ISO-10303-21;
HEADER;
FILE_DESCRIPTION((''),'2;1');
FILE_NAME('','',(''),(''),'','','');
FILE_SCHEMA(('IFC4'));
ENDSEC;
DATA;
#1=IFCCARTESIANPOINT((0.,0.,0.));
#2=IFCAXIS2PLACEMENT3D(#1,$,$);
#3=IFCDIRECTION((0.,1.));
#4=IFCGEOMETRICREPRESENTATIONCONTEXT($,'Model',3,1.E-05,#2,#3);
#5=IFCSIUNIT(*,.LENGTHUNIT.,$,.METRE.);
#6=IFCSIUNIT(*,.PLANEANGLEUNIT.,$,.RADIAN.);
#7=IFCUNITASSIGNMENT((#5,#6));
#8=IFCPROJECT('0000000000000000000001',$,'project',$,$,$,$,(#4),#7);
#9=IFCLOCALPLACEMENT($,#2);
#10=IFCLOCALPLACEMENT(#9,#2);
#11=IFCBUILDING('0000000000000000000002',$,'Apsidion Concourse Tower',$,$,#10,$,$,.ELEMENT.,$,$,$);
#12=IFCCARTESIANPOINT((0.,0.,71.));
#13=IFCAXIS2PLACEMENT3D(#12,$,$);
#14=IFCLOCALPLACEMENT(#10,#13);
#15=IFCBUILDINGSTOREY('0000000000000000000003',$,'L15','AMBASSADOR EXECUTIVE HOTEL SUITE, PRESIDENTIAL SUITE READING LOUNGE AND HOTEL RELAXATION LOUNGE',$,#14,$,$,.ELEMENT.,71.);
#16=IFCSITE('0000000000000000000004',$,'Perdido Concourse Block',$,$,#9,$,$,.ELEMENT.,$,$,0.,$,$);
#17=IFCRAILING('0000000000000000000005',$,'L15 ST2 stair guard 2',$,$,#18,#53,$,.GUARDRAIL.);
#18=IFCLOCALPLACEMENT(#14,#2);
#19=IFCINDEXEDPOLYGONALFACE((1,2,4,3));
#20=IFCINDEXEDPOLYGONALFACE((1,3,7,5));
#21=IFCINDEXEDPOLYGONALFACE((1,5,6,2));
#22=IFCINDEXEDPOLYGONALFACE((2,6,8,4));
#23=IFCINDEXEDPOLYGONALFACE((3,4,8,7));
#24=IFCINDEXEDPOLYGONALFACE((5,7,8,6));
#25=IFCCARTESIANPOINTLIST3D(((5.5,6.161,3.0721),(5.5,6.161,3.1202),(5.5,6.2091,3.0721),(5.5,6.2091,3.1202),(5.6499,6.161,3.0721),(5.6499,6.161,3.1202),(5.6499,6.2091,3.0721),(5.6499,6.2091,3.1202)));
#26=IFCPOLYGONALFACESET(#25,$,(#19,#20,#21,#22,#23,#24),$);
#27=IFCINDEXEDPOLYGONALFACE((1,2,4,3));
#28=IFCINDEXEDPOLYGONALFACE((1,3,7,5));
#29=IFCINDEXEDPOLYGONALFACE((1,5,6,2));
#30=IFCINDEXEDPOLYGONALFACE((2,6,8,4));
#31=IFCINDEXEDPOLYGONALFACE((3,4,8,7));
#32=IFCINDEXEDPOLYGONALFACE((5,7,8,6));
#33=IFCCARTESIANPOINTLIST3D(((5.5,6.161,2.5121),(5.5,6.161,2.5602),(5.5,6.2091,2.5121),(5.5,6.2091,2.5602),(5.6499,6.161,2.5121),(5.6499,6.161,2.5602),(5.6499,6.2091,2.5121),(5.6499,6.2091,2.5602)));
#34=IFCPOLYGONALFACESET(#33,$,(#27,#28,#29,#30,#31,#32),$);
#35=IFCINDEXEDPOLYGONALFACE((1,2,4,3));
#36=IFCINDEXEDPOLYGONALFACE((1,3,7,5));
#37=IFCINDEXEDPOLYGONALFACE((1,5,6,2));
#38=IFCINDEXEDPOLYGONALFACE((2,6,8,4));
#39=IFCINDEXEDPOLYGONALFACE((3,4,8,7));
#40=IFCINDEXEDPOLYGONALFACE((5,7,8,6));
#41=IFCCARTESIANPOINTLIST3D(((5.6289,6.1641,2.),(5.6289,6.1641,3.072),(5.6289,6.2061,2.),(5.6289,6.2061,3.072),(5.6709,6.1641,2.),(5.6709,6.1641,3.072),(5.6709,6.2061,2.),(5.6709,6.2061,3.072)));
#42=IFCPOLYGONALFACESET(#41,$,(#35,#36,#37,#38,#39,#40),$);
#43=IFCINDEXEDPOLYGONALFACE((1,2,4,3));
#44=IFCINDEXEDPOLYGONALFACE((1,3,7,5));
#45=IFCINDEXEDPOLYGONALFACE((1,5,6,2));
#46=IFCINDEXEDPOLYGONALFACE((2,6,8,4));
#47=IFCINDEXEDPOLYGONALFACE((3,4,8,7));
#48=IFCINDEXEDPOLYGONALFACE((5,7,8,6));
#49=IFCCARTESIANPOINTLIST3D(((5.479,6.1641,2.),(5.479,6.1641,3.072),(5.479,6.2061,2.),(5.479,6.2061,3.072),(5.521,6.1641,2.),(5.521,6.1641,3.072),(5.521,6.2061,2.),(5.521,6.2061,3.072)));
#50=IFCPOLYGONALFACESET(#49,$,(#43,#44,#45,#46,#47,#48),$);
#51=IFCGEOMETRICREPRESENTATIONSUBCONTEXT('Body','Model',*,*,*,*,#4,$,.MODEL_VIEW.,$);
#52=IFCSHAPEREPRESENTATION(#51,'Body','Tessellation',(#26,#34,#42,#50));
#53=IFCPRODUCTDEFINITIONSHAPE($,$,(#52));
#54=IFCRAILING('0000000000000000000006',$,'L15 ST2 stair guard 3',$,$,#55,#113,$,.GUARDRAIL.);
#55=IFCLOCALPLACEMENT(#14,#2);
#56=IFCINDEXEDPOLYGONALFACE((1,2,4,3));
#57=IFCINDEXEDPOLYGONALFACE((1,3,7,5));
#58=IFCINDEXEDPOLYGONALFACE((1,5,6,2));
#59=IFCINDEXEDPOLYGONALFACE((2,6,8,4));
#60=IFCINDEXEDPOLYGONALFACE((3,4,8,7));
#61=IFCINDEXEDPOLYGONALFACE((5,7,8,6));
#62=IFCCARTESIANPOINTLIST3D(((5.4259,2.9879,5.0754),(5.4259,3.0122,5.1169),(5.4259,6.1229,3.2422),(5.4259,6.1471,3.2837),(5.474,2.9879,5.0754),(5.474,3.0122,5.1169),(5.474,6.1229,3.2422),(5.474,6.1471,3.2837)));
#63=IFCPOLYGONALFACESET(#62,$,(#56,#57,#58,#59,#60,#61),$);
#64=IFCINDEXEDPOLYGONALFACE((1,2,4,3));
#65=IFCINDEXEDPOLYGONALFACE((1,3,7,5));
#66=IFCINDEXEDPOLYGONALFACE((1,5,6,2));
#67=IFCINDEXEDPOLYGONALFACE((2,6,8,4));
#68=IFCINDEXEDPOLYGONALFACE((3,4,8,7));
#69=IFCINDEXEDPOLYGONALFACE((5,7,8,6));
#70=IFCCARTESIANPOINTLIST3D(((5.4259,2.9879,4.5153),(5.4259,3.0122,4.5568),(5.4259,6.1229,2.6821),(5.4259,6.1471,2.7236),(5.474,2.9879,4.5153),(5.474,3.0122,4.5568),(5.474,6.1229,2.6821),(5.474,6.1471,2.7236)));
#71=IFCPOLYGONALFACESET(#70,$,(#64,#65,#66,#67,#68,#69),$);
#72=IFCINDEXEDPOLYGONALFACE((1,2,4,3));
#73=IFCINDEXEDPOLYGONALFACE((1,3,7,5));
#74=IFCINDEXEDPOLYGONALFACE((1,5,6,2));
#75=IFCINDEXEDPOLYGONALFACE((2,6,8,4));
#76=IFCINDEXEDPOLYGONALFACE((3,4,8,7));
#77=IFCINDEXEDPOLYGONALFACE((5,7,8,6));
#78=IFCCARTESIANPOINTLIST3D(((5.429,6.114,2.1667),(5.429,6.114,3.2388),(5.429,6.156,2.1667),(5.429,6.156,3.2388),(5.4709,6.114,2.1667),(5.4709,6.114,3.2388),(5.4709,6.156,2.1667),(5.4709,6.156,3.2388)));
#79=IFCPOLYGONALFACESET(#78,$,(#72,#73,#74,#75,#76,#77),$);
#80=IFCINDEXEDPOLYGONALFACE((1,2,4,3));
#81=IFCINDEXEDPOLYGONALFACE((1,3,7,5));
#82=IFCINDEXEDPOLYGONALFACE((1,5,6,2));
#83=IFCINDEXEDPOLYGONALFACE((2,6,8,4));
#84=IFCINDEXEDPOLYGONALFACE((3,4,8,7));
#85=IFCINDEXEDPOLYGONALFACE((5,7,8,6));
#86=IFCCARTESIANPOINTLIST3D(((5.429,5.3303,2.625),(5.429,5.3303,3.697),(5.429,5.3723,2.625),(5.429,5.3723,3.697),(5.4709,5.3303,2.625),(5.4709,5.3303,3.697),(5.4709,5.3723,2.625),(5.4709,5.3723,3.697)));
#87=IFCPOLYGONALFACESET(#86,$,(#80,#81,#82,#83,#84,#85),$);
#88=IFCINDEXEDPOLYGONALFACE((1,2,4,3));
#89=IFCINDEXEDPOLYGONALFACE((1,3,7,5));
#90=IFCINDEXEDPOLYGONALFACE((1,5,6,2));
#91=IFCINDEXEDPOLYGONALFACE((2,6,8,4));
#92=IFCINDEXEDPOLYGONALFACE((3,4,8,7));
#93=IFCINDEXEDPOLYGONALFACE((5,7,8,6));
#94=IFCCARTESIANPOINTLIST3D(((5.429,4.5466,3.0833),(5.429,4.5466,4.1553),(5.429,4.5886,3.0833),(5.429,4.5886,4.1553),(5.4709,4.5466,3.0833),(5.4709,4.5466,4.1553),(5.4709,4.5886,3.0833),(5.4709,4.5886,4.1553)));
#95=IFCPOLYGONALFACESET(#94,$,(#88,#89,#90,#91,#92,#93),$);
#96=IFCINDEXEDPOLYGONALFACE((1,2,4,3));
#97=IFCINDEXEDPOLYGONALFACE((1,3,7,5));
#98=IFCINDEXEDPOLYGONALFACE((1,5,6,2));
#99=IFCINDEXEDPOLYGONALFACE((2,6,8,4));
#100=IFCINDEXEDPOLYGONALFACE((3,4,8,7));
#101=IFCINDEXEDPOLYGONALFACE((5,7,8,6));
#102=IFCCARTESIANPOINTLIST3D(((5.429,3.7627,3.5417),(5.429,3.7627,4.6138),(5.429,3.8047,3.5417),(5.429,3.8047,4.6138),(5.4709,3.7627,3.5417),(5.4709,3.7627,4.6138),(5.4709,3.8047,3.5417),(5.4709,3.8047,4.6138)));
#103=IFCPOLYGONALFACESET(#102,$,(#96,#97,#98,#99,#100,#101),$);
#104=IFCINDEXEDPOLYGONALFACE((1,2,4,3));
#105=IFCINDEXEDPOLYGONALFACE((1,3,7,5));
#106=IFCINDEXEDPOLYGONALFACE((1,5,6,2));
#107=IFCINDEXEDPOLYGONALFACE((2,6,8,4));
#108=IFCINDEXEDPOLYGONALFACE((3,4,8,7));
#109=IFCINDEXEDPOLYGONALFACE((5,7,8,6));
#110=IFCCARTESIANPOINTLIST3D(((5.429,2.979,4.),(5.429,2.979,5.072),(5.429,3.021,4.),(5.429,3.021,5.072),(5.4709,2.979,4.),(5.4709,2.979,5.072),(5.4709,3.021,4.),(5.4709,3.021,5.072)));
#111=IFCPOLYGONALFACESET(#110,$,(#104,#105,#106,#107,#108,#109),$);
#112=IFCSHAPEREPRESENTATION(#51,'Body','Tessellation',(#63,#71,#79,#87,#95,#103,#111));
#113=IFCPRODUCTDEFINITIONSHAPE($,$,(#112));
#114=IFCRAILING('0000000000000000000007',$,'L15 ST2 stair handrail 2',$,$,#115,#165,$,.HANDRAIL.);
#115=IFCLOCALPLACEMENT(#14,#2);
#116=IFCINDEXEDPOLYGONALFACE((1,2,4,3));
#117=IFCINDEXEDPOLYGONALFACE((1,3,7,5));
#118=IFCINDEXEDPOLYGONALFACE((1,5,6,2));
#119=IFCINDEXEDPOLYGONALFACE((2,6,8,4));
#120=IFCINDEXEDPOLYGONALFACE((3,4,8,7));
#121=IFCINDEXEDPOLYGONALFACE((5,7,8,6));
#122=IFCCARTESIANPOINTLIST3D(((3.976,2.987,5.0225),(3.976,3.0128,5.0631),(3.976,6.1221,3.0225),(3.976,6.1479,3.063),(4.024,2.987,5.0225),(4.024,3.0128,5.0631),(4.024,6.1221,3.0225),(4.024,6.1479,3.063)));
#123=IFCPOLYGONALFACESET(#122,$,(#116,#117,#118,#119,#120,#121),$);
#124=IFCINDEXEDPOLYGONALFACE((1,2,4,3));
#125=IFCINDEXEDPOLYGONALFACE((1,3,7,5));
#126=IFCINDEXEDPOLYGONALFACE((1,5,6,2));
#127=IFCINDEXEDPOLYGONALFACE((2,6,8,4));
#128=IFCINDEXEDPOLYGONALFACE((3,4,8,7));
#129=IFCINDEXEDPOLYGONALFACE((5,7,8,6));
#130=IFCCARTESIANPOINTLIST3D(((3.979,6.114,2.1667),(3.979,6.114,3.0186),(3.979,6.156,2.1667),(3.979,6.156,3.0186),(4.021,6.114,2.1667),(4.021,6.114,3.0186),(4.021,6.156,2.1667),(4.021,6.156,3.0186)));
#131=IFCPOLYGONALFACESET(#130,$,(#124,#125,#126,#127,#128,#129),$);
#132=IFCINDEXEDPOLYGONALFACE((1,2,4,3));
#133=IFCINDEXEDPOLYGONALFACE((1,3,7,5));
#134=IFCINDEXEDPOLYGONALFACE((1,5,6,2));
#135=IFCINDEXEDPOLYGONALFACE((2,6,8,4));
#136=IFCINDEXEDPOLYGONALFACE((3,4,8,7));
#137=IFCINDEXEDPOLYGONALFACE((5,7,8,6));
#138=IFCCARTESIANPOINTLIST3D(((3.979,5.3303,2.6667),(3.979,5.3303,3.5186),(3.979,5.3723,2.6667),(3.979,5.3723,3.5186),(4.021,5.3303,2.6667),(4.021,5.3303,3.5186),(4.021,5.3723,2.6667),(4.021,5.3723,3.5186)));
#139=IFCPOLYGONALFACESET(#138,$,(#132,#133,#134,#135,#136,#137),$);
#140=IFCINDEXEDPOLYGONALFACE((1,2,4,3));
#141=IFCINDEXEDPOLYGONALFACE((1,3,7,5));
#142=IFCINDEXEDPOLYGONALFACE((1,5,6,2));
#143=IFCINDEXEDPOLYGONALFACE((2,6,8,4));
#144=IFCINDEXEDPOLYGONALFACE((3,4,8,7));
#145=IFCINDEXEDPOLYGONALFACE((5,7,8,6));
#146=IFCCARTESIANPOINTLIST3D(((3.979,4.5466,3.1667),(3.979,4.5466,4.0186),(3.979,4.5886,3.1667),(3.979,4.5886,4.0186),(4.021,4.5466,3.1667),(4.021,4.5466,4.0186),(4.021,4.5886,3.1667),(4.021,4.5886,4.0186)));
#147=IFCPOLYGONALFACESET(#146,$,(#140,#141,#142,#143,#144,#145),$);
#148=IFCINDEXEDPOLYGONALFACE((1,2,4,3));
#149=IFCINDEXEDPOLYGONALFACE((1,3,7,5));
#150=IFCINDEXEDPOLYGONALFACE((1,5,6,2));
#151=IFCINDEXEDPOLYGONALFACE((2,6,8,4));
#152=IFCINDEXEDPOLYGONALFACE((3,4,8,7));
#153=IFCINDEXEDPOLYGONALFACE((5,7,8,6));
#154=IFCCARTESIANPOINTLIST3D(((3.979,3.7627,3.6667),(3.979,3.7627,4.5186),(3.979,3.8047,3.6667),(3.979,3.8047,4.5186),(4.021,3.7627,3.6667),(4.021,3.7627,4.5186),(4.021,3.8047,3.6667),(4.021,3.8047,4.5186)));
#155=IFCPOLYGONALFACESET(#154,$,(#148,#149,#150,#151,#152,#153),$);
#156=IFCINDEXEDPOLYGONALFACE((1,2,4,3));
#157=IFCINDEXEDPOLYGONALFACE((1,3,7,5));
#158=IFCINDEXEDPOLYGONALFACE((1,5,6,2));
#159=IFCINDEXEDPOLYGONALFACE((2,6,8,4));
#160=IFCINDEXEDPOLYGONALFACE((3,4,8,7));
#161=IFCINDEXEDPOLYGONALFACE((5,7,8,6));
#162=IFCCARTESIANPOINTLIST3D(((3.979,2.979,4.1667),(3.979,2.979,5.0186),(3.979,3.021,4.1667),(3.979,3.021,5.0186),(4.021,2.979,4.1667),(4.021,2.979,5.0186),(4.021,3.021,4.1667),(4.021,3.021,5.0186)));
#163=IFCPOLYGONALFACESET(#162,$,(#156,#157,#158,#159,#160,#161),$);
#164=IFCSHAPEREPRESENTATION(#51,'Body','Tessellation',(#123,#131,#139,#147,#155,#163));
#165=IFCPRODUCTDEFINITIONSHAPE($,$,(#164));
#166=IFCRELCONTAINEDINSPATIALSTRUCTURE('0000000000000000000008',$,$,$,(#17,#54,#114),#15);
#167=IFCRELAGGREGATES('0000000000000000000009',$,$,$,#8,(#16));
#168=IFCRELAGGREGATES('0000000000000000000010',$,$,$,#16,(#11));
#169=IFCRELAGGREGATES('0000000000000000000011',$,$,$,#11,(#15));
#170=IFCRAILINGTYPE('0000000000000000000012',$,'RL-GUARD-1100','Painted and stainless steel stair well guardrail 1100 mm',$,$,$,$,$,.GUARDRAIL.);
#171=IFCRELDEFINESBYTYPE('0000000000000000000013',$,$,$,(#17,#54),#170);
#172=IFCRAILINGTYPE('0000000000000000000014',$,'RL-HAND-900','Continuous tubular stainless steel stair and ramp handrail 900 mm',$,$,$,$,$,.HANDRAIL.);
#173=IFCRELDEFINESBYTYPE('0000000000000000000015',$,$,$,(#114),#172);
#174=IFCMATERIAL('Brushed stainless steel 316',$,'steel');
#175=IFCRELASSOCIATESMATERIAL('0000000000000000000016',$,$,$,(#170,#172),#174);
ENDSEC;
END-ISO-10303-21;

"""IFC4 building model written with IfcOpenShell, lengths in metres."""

from ifc_helpers import new_model, si_unit, direction, frame, origin, origin_2d, place, context, subcontext, project, spatial, rectangle, extrude, material, type_object, element, save


model = new_model("IFC4")

# Units and contexts
model_context = context("Model", 3, precision=1e-05, world=origin(), true_north=direction((0.0, 1.0)))
body_context = subcontext(model_context, "Body", "Model", "MODEL_VIEW")
ifc_project = project(units=[si_unit("LENGTHUNIT", "METRE"), si_unit("PLANEANGLEUNIT", "RADIAN")], contexts=[model_context])

# Site, building, storey
site_placement = place(None, origin())
site = spatial("IfcSite", under=ifc_project, at=site_placement, Name="Perdido Concourse Block", CompositionType="ELEMENT", RefElevation=0.0)
building_placement = place(site_placement, origin())
building = spatial("IfcBuilding", under=site, at=building_placement, Name="Apsidion Concourse Tower", CompositionType="ELEMENT")
storey_placement = place(building_placement, frame((0.0, 0.0, 71.0)))
storey = spatial("IfcBuildingStorey", under=building, at=storey_placement, Name="L15", Description="AMBASSADOR EXECUTIVE HOTEL SUITE, PRESIDENTIAL SUITE READING LOUNGE AND HOTEL RELAXATION LOUNGE", CompositionType="ELEMENT", Elevation=71.0)

# Shared definitions
ifc_material_1 = material(Name="Brushed stainless steel 316", Category="steel")

# Railings
railing_type_1 = type_object("IfcRailingType", Name="RL-GUARD-1100", Description="Painted and stainless steel stair well guardrail 1100 mm", PredefinedType="GUARDRAIL", material=ifc_material_1)
railing_1_placement = place(storey_placement, frame((5.6499, 6.1851, 2.0)))
element("IfcRailing", 1, at=railing_1_placement, inside=storey, type_object=railing_type_1, Name="L15 ST2 stair guard 2", PredefinedType="GUARDRAIL", context=body_context, shape_type="SweptSolid", body=[
    extrude(rectangle(XDim=0.0481, YDim=0.0481, at=origin_2d()), frame((0.0, 0.0, 1.0962), z_axis=(-1.0, 0.0, 0.0), x_axis=(0.0, -1.0, 0.0)), (0.0, 0.0, 1.0), 0.1499),
    extrude(rectangle(XDim=0.0481, YDim=0.0481, at=origin_2d()), frame((0.0, 0.0, 0.5361), z_axis=(-1.0, 0.0, 0.0), x_axis=(0.0, -1.0, 0.0)), (0.0, 0.0, 1.0), 0.1499),
    extrude(rectangle(XDim=0.042, YDim=0.042, at=origin_2d()), origin(), (0.0, 0.0, 1.0), 1.072),
    extrude(rectangle(XDim=0.042, YDim=0.042, at=origin_2d()), frame((-0.1499, 0.0, 0.0)), (0.0, 0.0, 1.0), 1.072),
])
railing_2_placement = place(storey_placement, frame((5.45, 6.135, 2.1667)))
element("IfcRailing", 2, at=railing_2_placement, inside=storey, type_object=railing_type_1, Name="L15 ST2 stair guard 3", PredefinedType="GUARDRAIL", context=body_context, shape_type="SweptSolid", body=[
    extrude(rectangle(XDim=0.0481, YDim=0.0481, at=origin_2d()), frame((0.0, 0.0, 1.0962), z_axis=(0.0, -0.86324, 0.504794), x_axis=(1.0, 0.0, 0.0)), (0.0, 0.0, 1.0), 3.6316),
    extrude(rectangle(XDim=0.0481, YDim=0.0481, at=origin_2d()), frame((0.0, 0.0, 0.5361), z_axis=(0.0, -0.86324, 0.504794), x_axis=(1.0, 0.0, 0.0)), (0.0, 0.0, 1.0), 3.6316),
    extrude(rectangle(XDim=0.042, YDim=0.042, at=origin_2d()), origin(), (0.0, 0.0, 1.0), 1.072),
    extrude(rectangle(XDim=0.042, YDim=0.042, at=origin_2d()), frame((0.0, -0.7837, 0.4583)), (0.0, 0.0, 1.0), 1.072),
    extrude(rectangle(XDim=0.042, YDim=0.042, at=origin_2d()), frame((0.0, -1.5674, 0.9165)), (0.0, 0.0, 1.0), 1.072),
    extrude(rectangle(XDim=0.042, YDim=0.042, at=origin_2d()), frame((0.0, -2.3513, 1.375)), (0.0, 0.0, 1.0), 1.072),
    extrude(rectangle(XDim=0.042, YDim=0.042, at=origin_2d()), frame((0.0, -3.135, 1.8333)), (0.0, 0.0, 1.0), 1.072),
])
railing_type_2 = type_object("IfcRailingType", Name="RL-HAND-900", Description="Continuous tubular stainless steel stair and ramp handrail 900 mm", PredefinedType="HANDRAIL", material=ifc_material_1)
railing_3_placement = place(storey_placement, frame((4.0, 6.135, 2.1667)))
element("IfcRailing", 3, at=railing_3_placement, inside=storey, type_object=railing_type_2, Name="L15 ST2 stair handrail 2", PredefinedType="HANDRAIL", context=body_context, shape_type="SweptSolid", body=[
    extrude(rectangle(XDim=0.0481, YDim=0.0481, at=origin_2d()), frame((0.0, 0.0, 0.876), z_axis=(0.0, -0.843053, 0.537831), x_axis=(1.0, 0.0, 0.0)), (0.0, 0.0, 1.0), 3.7188),
    extrude(rectangle(XDim=0.042, YDim=0.042, at=origin_2d()), origin(), (0.0, 0.0, 1.0), 0.8518),
    extrude(rectangle(XDim=0.042, YDim=0.042, at=origin_2d()), frame((0.0, -0.7837, 0.5)), (0.0, 0.0, 1.0), 0.8518),
    extrude(rectangle(XDim=0.042, YDim=0.042, at=origin_2d()), frame((0.0, -1.5674, 1.0)), (0.0, 0.0, 1.0), 0.8518),
    extrude(rectangle(XDim=0.042, YDim=0.042, at=origin_2d()), frame((0.0, -2.3513, 1.5)), (0.0, 0.0, 1.0), 0.8518),
    extrude(rectangle(XDim=0.042, YDim=0.042, at=origin_2d()), frame((0.0, -3.135, 2.0)), (0.0, 0.0, 1.0), 0.8518),
])

save(model, "model.ifc")
